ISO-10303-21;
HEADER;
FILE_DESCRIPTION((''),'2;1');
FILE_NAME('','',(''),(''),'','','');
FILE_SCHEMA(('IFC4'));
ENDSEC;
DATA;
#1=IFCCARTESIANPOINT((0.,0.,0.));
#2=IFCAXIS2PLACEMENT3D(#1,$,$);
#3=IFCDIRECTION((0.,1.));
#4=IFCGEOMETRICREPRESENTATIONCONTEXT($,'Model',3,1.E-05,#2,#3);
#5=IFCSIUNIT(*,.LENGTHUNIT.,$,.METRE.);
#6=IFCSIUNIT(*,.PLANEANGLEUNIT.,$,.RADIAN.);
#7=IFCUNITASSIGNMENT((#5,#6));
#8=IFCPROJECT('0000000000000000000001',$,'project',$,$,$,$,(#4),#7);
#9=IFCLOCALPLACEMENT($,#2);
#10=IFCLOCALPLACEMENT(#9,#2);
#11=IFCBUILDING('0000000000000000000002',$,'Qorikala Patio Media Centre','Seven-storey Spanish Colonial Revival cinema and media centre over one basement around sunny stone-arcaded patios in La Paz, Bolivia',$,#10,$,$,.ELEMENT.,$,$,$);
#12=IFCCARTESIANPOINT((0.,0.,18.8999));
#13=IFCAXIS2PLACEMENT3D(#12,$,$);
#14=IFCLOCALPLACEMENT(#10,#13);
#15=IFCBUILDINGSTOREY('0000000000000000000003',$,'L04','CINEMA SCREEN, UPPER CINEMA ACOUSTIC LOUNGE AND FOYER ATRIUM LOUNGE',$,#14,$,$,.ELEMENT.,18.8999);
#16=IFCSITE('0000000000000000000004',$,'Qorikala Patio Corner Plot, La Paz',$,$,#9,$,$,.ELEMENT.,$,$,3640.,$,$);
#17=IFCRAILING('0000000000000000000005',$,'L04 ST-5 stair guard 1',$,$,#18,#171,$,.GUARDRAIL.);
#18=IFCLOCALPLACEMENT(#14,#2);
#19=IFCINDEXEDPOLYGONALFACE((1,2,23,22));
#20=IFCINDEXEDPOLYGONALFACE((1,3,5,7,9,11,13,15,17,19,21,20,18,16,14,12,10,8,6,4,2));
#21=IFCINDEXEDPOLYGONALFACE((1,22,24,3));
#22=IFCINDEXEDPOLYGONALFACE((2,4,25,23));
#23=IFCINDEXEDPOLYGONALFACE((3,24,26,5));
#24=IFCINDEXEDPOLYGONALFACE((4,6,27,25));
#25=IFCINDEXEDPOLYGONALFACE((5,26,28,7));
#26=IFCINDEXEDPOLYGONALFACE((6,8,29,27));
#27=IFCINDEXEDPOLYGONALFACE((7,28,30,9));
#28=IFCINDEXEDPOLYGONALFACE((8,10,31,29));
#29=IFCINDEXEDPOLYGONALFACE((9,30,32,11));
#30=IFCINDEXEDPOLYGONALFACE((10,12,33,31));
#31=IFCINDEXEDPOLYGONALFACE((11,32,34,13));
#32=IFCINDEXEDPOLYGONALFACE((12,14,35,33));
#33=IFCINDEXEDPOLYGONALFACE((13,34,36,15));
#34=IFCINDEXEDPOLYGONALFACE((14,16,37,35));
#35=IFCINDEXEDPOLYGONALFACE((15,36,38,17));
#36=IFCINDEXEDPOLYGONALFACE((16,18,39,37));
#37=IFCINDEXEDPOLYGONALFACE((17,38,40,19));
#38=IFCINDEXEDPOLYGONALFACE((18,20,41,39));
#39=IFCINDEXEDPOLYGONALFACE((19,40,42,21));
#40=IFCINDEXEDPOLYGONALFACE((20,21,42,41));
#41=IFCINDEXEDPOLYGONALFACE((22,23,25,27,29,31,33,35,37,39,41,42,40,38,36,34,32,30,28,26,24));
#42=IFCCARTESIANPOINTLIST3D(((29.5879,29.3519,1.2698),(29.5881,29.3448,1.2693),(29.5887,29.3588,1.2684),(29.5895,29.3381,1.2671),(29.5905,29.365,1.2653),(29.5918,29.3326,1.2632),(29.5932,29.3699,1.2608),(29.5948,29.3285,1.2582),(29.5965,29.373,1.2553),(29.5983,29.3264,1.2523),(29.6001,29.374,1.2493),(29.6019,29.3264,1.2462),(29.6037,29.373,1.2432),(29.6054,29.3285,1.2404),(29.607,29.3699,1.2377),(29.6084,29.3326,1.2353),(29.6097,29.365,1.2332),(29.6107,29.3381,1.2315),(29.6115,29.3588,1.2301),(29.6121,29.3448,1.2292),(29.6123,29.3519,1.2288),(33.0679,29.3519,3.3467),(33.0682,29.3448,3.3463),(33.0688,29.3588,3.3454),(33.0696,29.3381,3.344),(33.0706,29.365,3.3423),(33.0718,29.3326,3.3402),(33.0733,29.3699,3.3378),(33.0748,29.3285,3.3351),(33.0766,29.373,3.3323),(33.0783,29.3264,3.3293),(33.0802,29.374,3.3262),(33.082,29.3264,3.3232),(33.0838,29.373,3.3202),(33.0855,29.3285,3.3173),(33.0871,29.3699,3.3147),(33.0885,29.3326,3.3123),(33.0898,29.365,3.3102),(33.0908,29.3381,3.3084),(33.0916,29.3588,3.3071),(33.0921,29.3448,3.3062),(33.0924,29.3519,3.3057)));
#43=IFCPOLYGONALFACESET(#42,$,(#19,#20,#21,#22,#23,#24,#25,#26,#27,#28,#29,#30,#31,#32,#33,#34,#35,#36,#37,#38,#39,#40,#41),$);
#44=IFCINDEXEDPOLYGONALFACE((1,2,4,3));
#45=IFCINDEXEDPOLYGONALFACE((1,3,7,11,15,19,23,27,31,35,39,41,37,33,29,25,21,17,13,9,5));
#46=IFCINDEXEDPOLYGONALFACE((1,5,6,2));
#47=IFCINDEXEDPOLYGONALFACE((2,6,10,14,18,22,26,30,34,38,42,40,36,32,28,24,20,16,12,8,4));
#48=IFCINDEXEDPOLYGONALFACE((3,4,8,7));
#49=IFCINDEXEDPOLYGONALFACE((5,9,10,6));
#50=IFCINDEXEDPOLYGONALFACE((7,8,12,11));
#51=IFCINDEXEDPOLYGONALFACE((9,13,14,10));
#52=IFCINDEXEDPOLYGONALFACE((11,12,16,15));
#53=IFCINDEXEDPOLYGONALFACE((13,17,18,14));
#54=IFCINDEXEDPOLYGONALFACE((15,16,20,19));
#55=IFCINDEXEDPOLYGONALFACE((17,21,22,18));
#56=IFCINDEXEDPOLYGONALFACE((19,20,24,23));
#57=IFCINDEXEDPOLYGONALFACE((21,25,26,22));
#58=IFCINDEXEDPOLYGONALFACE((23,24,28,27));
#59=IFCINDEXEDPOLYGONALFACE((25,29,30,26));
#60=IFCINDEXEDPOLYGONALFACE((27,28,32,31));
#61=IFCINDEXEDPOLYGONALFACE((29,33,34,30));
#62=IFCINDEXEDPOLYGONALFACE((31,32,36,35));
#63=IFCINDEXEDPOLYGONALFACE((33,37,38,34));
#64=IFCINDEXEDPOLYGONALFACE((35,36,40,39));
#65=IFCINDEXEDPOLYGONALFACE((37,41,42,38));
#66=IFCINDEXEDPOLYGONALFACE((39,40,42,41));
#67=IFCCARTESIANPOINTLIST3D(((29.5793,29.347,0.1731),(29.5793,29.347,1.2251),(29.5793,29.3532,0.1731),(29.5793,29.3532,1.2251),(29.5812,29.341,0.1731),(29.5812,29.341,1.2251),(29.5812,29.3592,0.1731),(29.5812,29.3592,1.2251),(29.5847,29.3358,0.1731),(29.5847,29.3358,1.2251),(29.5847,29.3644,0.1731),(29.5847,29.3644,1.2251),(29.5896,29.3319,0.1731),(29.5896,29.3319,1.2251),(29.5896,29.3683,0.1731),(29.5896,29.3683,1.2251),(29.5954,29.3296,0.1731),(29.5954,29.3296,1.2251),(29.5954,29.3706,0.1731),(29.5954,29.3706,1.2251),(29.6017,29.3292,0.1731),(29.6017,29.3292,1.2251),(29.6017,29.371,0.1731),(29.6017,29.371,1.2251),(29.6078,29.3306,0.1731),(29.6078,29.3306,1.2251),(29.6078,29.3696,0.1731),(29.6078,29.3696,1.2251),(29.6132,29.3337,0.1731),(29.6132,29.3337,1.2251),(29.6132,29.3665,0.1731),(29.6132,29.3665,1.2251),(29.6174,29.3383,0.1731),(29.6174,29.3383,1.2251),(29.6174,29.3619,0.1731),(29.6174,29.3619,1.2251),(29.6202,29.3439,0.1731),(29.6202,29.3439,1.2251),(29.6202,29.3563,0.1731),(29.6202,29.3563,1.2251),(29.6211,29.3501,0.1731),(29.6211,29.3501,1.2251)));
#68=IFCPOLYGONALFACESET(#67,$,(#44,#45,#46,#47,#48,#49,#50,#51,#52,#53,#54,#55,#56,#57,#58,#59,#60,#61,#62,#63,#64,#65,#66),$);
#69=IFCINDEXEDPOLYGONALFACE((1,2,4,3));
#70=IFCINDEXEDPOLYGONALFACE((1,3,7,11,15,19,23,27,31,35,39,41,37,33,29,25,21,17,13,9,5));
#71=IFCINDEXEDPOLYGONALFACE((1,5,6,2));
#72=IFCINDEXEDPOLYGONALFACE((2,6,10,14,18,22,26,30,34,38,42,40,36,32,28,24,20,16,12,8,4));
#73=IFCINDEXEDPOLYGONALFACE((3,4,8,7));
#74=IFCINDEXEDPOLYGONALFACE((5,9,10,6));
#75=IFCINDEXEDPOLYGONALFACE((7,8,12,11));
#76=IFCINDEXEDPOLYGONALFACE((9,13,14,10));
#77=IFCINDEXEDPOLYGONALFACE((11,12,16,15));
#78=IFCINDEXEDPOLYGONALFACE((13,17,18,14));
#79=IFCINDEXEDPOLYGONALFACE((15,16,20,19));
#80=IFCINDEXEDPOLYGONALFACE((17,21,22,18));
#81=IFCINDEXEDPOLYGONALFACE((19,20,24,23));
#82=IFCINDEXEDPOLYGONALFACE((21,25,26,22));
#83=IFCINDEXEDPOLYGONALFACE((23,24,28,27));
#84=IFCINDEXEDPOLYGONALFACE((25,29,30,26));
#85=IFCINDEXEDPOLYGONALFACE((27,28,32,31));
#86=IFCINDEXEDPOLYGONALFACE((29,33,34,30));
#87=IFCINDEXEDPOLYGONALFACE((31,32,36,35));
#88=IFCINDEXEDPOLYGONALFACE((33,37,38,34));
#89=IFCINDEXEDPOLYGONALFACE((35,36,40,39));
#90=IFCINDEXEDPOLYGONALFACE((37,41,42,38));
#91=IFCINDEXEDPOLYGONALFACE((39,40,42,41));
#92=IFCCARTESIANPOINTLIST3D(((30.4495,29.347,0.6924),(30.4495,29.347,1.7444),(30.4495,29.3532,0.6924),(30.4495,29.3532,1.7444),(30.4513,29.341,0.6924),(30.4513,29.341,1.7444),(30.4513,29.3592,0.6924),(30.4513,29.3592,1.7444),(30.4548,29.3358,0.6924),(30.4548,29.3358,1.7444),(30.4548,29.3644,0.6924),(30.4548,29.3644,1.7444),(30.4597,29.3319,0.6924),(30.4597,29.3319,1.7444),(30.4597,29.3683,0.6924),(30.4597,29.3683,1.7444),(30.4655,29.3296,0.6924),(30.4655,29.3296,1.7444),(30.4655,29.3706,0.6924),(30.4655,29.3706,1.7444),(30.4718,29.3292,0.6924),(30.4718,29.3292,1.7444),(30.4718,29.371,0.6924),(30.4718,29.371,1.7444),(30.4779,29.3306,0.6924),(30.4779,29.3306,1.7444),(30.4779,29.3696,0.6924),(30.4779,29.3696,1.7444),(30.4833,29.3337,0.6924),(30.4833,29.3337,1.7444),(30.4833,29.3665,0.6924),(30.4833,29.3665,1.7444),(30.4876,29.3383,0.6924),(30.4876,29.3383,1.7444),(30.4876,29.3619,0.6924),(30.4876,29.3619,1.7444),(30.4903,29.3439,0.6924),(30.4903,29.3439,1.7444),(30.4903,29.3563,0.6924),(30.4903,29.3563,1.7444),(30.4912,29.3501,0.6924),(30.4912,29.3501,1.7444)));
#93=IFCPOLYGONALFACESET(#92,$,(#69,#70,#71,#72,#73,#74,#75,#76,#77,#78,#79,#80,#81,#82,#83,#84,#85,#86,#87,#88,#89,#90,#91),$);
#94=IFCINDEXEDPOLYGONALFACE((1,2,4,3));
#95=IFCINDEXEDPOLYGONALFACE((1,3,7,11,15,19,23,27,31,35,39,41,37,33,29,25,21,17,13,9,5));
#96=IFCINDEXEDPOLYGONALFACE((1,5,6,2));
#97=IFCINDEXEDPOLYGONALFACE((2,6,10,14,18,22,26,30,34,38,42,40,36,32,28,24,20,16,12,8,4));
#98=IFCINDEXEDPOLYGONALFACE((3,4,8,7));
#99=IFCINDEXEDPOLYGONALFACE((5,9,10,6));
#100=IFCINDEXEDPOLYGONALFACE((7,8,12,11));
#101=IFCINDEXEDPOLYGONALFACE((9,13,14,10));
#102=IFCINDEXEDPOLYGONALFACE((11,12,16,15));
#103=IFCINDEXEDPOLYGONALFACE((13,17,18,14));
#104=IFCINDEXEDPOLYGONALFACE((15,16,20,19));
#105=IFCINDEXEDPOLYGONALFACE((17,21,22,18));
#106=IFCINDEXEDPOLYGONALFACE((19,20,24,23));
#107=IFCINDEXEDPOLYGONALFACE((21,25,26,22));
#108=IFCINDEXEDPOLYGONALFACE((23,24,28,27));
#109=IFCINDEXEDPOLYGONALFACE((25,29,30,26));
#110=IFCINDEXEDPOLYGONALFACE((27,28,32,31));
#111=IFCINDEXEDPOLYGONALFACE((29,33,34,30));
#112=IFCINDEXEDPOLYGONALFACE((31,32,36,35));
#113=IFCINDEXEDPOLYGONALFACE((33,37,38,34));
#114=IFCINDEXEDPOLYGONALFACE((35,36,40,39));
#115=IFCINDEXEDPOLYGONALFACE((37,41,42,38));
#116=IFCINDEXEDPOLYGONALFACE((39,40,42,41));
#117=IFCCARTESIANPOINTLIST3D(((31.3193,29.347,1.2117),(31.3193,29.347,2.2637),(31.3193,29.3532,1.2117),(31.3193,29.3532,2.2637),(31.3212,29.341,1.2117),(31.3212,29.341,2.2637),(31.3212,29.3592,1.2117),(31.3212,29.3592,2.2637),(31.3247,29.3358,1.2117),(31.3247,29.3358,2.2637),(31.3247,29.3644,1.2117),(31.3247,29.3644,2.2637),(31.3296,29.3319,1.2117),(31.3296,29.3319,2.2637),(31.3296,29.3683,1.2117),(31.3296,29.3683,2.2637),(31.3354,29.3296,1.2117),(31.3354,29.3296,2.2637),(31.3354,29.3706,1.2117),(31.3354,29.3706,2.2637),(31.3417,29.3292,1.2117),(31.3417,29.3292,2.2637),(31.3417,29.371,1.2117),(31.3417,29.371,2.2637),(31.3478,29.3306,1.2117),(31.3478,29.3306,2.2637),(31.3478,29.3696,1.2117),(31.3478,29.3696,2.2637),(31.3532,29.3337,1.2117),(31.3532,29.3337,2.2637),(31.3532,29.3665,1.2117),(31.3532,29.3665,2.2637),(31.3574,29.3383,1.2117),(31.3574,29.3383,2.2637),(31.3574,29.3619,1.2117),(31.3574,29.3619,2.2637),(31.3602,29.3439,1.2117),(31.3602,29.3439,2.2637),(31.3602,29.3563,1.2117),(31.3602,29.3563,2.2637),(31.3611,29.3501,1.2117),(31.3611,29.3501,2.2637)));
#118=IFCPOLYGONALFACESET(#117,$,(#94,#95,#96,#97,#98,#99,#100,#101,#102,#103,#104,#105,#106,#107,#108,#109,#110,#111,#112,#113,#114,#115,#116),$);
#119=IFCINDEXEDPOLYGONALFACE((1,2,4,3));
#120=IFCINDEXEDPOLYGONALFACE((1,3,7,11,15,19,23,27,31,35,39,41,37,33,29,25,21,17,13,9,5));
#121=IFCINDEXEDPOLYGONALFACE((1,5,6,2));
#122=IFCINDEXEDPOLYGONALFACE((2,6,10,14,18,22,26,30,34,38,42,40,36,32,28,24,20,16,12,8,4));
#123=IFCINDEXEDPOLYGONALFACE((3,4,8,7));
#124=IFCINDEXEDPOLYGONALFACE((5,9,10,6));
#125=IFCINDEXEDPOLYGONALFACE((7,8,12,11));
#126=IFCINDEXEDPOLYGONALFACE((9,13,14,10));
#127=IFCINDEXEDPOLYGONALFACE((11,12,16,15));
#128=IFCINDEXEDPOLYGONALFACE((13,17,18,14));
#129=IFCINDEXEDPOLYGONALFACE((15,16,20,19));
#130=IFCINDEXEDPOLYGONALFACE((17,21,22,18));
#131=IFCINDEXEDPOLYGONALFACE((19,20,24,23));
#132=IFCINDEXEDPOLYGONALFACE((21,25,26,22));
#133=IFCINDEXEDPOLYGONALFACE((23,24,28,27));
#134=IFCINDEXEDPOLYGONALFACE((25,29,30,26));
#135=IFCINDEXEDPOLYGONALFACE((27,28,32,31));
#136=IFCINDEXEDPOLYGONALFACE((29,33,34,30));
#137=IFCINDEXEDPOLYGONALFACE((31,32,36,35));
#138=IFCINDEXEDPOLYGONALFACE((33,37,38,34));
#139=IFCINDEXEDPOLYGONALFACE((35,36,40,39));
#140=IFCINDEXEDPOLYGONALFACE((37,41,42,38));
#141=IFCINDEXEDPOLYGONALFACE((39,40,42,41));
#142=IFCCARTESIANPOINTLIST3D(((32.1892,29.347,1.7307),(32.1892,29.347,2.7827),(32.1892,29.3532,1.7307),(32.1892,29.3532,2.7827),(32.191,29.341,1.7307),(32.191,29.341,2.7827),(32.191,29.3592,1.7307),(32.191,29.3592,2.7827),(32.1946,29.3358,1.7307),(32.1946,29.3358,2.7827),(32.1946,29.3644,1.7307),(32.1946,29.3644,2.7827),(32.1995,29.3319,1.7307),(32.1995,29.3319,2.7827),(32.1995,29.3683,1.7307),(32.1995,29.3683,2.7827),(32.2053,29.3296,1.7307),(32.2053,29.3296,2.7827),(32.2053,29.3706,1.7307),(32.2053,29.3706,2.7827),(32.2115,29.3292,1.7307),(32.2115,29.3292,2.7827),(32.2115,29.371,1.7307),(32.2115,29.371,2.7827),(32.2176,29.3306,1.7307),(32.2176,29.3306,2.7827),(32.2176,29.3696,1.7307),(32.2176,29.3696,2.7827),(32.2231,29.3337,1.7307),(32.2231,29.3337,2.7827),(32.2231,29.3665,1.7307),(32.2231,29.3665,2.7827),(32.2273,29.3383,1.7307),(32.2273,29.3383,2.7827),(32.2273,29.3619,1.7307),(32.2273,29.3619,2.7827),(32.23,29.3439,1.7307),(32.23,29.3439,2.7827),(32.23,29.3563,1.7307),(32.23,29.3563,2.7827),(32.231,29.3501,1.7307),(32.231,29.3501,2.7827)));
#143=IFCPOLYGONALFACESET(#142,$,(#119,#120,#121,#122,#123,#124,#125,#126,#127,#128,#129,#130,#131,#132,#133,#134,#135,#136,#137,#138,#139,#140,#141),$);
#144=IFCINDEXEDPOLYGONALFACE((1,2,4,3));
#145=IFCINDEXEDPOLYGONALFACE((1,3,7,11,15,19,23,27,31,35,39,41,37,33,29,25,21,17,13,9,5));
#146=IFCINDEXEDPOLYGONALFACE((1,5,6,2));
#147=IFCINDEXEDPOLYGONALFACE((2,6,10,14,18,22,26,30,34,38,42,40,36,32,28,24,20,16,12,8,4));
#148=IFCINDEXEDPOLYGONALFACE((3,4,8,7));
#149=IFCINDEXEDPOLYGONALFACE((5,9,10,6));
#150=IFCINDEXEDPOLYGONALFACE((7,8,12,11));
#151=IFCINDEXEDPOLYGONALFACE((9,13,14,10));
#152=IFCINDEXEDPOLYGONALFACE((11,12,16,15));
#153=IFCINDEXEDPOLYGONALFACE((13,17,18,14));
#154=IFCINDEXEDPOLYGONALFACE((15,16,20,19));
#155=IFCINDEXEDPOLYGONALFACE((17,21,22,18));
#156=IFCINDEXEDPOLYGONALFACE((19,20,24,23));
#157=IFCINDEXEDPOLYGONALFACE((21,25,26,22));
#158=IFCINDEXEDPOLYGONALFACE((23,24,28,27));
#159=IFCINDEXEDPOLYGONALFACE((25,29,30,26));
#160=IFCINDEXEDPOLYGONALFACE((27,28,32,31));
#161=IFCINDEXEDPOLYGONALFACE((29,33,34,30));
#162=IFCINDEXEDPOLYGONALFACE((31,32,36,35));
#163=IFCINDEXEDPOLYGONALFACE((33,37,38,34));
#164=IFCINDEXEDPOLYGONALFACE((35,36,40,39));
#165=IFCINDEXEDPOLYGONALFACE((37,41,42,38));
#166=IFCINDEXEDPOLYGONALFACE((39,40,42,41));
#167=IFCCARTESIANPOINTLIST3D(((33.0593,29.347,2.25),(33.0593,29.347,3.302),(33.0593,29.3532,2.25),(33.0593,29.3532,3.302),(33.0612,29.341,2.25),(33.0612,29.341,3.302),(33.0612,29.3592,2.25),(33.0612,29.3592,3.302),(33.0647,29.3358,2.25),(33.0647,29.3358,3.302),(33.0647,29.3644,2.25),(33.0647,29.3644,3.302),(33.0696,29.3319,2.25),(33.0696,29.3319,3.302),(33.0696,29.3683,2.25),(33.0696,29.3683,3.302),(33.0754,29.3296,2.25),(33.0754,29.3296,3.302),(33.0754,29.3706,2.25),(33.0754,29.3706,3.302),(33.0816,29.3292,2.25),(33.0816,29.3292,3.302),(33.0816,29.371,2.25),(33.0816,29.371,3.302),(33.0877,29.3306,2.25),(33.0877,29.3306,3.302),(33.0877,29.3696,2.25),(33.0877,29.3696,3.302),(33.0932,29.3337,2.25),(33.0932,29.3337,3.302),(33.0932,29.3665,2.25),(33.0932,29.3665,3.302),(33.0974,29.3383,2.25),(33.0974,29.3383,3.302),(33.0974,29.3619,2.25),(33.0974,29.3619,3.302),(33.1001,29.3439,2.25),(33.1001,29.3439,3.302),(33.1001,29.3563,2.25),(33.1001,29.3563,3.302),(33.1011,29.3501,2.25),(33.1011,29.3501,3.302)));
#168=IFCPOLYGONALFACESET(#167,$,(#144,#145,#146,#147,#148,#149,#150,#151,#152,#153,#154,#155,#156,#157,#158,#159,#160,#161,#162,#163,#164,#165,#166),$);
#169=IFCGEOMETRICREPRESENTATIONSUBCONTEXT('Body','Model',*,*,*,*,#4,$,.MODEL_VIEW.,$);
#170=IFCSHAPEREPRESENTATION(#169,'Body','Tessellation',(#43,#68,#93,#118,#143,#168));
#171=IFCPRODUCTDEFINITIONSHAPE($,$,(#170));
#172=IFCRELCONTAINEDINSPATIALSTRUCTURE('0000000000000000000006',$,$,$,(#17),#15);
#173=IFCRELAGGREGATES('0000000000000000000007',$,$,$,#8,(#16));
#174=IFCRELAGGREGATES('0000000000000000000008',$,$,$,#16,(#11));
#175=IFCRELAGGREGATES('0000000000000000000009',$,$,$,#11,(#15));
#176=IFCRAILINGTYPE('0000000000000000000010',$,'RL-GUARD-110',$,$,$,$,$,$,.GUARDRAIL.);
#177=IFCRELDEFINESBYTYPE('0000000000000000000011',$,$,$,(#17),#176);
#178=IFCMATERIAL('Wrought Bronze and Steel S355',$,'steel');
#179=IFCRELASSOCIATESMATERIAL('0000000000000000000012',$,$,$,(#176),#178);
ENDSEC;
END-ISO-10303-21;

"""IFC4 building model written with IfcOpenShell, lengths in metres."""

from ifc_helpers import new_model, si_unit, direction, frame, origin, origin_2d, place, context, subcontext, project, spatial, circle, extrude, material, type_object, element, save


model = new_model("IFC4")

# Units and contexts
model_context = context("Model", 3, precision=1e-05, world=origin(), true_north=direction((0.0, 1.0)))
body_context = subcontext(model_context, "Body", "Model", "MODEL_VIEW")
ifc_project = project(units=[si_unit("LENGTHUNIT", "METRE"), si_unit("PLANEANGLEUNIT", "RADIAN")], contexts=[model_context])

# Site, building, storey
site_placement = place(None, origin())
site = spatial("IfcSite", under=ifc_project, at=site_placement, Name="Qorikala Patio Corner Plot, La Paz", CompositionType="ELEMENT", RefElevation=3640.0)
building_placement = place(site_placement, origin())
building = spatial("IfcBuilding", under=site, at=building_placement, Name="Qorikala Patio Media Centre", Description="Seven-storey Spanish Colonial Revival cinema and media centre over one basement around sunny stone-arcaded patios in La Paz, Bolivia", CompositionType="ELEMENT")
storey_placement = place(building_placement, frame((0.0, 0.0, 18.8999)))
storey = spatial("IfcBuildingStorey", under=building, at=storey_placement, Name="L04", Description="CINEMA SCREEN, UPPER CINEMA ACOUSTIC LOUNGE AND FOYER ATRIUM LOUNGE", CompositionType="ELEMENT", Elevation=18.8999)

# Railing
ifc_material_1 = material(Name="Wrought Bronze and Steel S355", Category="steel")
railing_type_1 = type_object("IfcRailingType", Name="RL-GUARD-110", PredefinedType="GUARDRAIL", material=ifc_material_1)
railing_1_placement = place(storey_placement, frame((29.6001, 29.3501, 0.1731)))
element("IfcRailing", 1, at=railing_1_placement, inside=storey, type_object=railing_type_1, Name="L04 ST-5 stair guard 1", PredefinedType="GUARDRAIL", context=body_context, shape_type="SweptSolid", body=[
    extrude(circle(Radius=0.0239, at=origin_2d()), frame((0.0, 0.0, 1.0762), z_axis=(0.858697, 0.0, 0.512483), x_axis=(0.0, 1.0, 0.0)), (0.0, 0.0, 1.0), 4.0527),
    extrude(circle(Radius=0.021, at=origin_2d()), origin(), (0.0, 0.0, 1.0), 1.052),
    extrude(circle(Radius=0.021, at=origin_2d()), frame((0.8701, 0.0, 0.5193)), (0.0, 0.0, 1.0), 1.052),
    extrude(circle(Radius=0.021, at=origin_2d()), frame((1.74, 0.0, 1.0386)), (0.0, 0.0, 1.0), 1.052),
    extrude(circle(Radius=0.021, at=origin_2d()), frame((2.6099, 0.0, 1.5576)), (0.0, 0.0, 1.0), 1.052),
    extrude(circle(Radius=0.021, at=origin_2d()), frame((3.48, 0.0, 2.0769)), (0.0, 0.0, 1.0), 1.052),
])

save(model, "model.ifc")
